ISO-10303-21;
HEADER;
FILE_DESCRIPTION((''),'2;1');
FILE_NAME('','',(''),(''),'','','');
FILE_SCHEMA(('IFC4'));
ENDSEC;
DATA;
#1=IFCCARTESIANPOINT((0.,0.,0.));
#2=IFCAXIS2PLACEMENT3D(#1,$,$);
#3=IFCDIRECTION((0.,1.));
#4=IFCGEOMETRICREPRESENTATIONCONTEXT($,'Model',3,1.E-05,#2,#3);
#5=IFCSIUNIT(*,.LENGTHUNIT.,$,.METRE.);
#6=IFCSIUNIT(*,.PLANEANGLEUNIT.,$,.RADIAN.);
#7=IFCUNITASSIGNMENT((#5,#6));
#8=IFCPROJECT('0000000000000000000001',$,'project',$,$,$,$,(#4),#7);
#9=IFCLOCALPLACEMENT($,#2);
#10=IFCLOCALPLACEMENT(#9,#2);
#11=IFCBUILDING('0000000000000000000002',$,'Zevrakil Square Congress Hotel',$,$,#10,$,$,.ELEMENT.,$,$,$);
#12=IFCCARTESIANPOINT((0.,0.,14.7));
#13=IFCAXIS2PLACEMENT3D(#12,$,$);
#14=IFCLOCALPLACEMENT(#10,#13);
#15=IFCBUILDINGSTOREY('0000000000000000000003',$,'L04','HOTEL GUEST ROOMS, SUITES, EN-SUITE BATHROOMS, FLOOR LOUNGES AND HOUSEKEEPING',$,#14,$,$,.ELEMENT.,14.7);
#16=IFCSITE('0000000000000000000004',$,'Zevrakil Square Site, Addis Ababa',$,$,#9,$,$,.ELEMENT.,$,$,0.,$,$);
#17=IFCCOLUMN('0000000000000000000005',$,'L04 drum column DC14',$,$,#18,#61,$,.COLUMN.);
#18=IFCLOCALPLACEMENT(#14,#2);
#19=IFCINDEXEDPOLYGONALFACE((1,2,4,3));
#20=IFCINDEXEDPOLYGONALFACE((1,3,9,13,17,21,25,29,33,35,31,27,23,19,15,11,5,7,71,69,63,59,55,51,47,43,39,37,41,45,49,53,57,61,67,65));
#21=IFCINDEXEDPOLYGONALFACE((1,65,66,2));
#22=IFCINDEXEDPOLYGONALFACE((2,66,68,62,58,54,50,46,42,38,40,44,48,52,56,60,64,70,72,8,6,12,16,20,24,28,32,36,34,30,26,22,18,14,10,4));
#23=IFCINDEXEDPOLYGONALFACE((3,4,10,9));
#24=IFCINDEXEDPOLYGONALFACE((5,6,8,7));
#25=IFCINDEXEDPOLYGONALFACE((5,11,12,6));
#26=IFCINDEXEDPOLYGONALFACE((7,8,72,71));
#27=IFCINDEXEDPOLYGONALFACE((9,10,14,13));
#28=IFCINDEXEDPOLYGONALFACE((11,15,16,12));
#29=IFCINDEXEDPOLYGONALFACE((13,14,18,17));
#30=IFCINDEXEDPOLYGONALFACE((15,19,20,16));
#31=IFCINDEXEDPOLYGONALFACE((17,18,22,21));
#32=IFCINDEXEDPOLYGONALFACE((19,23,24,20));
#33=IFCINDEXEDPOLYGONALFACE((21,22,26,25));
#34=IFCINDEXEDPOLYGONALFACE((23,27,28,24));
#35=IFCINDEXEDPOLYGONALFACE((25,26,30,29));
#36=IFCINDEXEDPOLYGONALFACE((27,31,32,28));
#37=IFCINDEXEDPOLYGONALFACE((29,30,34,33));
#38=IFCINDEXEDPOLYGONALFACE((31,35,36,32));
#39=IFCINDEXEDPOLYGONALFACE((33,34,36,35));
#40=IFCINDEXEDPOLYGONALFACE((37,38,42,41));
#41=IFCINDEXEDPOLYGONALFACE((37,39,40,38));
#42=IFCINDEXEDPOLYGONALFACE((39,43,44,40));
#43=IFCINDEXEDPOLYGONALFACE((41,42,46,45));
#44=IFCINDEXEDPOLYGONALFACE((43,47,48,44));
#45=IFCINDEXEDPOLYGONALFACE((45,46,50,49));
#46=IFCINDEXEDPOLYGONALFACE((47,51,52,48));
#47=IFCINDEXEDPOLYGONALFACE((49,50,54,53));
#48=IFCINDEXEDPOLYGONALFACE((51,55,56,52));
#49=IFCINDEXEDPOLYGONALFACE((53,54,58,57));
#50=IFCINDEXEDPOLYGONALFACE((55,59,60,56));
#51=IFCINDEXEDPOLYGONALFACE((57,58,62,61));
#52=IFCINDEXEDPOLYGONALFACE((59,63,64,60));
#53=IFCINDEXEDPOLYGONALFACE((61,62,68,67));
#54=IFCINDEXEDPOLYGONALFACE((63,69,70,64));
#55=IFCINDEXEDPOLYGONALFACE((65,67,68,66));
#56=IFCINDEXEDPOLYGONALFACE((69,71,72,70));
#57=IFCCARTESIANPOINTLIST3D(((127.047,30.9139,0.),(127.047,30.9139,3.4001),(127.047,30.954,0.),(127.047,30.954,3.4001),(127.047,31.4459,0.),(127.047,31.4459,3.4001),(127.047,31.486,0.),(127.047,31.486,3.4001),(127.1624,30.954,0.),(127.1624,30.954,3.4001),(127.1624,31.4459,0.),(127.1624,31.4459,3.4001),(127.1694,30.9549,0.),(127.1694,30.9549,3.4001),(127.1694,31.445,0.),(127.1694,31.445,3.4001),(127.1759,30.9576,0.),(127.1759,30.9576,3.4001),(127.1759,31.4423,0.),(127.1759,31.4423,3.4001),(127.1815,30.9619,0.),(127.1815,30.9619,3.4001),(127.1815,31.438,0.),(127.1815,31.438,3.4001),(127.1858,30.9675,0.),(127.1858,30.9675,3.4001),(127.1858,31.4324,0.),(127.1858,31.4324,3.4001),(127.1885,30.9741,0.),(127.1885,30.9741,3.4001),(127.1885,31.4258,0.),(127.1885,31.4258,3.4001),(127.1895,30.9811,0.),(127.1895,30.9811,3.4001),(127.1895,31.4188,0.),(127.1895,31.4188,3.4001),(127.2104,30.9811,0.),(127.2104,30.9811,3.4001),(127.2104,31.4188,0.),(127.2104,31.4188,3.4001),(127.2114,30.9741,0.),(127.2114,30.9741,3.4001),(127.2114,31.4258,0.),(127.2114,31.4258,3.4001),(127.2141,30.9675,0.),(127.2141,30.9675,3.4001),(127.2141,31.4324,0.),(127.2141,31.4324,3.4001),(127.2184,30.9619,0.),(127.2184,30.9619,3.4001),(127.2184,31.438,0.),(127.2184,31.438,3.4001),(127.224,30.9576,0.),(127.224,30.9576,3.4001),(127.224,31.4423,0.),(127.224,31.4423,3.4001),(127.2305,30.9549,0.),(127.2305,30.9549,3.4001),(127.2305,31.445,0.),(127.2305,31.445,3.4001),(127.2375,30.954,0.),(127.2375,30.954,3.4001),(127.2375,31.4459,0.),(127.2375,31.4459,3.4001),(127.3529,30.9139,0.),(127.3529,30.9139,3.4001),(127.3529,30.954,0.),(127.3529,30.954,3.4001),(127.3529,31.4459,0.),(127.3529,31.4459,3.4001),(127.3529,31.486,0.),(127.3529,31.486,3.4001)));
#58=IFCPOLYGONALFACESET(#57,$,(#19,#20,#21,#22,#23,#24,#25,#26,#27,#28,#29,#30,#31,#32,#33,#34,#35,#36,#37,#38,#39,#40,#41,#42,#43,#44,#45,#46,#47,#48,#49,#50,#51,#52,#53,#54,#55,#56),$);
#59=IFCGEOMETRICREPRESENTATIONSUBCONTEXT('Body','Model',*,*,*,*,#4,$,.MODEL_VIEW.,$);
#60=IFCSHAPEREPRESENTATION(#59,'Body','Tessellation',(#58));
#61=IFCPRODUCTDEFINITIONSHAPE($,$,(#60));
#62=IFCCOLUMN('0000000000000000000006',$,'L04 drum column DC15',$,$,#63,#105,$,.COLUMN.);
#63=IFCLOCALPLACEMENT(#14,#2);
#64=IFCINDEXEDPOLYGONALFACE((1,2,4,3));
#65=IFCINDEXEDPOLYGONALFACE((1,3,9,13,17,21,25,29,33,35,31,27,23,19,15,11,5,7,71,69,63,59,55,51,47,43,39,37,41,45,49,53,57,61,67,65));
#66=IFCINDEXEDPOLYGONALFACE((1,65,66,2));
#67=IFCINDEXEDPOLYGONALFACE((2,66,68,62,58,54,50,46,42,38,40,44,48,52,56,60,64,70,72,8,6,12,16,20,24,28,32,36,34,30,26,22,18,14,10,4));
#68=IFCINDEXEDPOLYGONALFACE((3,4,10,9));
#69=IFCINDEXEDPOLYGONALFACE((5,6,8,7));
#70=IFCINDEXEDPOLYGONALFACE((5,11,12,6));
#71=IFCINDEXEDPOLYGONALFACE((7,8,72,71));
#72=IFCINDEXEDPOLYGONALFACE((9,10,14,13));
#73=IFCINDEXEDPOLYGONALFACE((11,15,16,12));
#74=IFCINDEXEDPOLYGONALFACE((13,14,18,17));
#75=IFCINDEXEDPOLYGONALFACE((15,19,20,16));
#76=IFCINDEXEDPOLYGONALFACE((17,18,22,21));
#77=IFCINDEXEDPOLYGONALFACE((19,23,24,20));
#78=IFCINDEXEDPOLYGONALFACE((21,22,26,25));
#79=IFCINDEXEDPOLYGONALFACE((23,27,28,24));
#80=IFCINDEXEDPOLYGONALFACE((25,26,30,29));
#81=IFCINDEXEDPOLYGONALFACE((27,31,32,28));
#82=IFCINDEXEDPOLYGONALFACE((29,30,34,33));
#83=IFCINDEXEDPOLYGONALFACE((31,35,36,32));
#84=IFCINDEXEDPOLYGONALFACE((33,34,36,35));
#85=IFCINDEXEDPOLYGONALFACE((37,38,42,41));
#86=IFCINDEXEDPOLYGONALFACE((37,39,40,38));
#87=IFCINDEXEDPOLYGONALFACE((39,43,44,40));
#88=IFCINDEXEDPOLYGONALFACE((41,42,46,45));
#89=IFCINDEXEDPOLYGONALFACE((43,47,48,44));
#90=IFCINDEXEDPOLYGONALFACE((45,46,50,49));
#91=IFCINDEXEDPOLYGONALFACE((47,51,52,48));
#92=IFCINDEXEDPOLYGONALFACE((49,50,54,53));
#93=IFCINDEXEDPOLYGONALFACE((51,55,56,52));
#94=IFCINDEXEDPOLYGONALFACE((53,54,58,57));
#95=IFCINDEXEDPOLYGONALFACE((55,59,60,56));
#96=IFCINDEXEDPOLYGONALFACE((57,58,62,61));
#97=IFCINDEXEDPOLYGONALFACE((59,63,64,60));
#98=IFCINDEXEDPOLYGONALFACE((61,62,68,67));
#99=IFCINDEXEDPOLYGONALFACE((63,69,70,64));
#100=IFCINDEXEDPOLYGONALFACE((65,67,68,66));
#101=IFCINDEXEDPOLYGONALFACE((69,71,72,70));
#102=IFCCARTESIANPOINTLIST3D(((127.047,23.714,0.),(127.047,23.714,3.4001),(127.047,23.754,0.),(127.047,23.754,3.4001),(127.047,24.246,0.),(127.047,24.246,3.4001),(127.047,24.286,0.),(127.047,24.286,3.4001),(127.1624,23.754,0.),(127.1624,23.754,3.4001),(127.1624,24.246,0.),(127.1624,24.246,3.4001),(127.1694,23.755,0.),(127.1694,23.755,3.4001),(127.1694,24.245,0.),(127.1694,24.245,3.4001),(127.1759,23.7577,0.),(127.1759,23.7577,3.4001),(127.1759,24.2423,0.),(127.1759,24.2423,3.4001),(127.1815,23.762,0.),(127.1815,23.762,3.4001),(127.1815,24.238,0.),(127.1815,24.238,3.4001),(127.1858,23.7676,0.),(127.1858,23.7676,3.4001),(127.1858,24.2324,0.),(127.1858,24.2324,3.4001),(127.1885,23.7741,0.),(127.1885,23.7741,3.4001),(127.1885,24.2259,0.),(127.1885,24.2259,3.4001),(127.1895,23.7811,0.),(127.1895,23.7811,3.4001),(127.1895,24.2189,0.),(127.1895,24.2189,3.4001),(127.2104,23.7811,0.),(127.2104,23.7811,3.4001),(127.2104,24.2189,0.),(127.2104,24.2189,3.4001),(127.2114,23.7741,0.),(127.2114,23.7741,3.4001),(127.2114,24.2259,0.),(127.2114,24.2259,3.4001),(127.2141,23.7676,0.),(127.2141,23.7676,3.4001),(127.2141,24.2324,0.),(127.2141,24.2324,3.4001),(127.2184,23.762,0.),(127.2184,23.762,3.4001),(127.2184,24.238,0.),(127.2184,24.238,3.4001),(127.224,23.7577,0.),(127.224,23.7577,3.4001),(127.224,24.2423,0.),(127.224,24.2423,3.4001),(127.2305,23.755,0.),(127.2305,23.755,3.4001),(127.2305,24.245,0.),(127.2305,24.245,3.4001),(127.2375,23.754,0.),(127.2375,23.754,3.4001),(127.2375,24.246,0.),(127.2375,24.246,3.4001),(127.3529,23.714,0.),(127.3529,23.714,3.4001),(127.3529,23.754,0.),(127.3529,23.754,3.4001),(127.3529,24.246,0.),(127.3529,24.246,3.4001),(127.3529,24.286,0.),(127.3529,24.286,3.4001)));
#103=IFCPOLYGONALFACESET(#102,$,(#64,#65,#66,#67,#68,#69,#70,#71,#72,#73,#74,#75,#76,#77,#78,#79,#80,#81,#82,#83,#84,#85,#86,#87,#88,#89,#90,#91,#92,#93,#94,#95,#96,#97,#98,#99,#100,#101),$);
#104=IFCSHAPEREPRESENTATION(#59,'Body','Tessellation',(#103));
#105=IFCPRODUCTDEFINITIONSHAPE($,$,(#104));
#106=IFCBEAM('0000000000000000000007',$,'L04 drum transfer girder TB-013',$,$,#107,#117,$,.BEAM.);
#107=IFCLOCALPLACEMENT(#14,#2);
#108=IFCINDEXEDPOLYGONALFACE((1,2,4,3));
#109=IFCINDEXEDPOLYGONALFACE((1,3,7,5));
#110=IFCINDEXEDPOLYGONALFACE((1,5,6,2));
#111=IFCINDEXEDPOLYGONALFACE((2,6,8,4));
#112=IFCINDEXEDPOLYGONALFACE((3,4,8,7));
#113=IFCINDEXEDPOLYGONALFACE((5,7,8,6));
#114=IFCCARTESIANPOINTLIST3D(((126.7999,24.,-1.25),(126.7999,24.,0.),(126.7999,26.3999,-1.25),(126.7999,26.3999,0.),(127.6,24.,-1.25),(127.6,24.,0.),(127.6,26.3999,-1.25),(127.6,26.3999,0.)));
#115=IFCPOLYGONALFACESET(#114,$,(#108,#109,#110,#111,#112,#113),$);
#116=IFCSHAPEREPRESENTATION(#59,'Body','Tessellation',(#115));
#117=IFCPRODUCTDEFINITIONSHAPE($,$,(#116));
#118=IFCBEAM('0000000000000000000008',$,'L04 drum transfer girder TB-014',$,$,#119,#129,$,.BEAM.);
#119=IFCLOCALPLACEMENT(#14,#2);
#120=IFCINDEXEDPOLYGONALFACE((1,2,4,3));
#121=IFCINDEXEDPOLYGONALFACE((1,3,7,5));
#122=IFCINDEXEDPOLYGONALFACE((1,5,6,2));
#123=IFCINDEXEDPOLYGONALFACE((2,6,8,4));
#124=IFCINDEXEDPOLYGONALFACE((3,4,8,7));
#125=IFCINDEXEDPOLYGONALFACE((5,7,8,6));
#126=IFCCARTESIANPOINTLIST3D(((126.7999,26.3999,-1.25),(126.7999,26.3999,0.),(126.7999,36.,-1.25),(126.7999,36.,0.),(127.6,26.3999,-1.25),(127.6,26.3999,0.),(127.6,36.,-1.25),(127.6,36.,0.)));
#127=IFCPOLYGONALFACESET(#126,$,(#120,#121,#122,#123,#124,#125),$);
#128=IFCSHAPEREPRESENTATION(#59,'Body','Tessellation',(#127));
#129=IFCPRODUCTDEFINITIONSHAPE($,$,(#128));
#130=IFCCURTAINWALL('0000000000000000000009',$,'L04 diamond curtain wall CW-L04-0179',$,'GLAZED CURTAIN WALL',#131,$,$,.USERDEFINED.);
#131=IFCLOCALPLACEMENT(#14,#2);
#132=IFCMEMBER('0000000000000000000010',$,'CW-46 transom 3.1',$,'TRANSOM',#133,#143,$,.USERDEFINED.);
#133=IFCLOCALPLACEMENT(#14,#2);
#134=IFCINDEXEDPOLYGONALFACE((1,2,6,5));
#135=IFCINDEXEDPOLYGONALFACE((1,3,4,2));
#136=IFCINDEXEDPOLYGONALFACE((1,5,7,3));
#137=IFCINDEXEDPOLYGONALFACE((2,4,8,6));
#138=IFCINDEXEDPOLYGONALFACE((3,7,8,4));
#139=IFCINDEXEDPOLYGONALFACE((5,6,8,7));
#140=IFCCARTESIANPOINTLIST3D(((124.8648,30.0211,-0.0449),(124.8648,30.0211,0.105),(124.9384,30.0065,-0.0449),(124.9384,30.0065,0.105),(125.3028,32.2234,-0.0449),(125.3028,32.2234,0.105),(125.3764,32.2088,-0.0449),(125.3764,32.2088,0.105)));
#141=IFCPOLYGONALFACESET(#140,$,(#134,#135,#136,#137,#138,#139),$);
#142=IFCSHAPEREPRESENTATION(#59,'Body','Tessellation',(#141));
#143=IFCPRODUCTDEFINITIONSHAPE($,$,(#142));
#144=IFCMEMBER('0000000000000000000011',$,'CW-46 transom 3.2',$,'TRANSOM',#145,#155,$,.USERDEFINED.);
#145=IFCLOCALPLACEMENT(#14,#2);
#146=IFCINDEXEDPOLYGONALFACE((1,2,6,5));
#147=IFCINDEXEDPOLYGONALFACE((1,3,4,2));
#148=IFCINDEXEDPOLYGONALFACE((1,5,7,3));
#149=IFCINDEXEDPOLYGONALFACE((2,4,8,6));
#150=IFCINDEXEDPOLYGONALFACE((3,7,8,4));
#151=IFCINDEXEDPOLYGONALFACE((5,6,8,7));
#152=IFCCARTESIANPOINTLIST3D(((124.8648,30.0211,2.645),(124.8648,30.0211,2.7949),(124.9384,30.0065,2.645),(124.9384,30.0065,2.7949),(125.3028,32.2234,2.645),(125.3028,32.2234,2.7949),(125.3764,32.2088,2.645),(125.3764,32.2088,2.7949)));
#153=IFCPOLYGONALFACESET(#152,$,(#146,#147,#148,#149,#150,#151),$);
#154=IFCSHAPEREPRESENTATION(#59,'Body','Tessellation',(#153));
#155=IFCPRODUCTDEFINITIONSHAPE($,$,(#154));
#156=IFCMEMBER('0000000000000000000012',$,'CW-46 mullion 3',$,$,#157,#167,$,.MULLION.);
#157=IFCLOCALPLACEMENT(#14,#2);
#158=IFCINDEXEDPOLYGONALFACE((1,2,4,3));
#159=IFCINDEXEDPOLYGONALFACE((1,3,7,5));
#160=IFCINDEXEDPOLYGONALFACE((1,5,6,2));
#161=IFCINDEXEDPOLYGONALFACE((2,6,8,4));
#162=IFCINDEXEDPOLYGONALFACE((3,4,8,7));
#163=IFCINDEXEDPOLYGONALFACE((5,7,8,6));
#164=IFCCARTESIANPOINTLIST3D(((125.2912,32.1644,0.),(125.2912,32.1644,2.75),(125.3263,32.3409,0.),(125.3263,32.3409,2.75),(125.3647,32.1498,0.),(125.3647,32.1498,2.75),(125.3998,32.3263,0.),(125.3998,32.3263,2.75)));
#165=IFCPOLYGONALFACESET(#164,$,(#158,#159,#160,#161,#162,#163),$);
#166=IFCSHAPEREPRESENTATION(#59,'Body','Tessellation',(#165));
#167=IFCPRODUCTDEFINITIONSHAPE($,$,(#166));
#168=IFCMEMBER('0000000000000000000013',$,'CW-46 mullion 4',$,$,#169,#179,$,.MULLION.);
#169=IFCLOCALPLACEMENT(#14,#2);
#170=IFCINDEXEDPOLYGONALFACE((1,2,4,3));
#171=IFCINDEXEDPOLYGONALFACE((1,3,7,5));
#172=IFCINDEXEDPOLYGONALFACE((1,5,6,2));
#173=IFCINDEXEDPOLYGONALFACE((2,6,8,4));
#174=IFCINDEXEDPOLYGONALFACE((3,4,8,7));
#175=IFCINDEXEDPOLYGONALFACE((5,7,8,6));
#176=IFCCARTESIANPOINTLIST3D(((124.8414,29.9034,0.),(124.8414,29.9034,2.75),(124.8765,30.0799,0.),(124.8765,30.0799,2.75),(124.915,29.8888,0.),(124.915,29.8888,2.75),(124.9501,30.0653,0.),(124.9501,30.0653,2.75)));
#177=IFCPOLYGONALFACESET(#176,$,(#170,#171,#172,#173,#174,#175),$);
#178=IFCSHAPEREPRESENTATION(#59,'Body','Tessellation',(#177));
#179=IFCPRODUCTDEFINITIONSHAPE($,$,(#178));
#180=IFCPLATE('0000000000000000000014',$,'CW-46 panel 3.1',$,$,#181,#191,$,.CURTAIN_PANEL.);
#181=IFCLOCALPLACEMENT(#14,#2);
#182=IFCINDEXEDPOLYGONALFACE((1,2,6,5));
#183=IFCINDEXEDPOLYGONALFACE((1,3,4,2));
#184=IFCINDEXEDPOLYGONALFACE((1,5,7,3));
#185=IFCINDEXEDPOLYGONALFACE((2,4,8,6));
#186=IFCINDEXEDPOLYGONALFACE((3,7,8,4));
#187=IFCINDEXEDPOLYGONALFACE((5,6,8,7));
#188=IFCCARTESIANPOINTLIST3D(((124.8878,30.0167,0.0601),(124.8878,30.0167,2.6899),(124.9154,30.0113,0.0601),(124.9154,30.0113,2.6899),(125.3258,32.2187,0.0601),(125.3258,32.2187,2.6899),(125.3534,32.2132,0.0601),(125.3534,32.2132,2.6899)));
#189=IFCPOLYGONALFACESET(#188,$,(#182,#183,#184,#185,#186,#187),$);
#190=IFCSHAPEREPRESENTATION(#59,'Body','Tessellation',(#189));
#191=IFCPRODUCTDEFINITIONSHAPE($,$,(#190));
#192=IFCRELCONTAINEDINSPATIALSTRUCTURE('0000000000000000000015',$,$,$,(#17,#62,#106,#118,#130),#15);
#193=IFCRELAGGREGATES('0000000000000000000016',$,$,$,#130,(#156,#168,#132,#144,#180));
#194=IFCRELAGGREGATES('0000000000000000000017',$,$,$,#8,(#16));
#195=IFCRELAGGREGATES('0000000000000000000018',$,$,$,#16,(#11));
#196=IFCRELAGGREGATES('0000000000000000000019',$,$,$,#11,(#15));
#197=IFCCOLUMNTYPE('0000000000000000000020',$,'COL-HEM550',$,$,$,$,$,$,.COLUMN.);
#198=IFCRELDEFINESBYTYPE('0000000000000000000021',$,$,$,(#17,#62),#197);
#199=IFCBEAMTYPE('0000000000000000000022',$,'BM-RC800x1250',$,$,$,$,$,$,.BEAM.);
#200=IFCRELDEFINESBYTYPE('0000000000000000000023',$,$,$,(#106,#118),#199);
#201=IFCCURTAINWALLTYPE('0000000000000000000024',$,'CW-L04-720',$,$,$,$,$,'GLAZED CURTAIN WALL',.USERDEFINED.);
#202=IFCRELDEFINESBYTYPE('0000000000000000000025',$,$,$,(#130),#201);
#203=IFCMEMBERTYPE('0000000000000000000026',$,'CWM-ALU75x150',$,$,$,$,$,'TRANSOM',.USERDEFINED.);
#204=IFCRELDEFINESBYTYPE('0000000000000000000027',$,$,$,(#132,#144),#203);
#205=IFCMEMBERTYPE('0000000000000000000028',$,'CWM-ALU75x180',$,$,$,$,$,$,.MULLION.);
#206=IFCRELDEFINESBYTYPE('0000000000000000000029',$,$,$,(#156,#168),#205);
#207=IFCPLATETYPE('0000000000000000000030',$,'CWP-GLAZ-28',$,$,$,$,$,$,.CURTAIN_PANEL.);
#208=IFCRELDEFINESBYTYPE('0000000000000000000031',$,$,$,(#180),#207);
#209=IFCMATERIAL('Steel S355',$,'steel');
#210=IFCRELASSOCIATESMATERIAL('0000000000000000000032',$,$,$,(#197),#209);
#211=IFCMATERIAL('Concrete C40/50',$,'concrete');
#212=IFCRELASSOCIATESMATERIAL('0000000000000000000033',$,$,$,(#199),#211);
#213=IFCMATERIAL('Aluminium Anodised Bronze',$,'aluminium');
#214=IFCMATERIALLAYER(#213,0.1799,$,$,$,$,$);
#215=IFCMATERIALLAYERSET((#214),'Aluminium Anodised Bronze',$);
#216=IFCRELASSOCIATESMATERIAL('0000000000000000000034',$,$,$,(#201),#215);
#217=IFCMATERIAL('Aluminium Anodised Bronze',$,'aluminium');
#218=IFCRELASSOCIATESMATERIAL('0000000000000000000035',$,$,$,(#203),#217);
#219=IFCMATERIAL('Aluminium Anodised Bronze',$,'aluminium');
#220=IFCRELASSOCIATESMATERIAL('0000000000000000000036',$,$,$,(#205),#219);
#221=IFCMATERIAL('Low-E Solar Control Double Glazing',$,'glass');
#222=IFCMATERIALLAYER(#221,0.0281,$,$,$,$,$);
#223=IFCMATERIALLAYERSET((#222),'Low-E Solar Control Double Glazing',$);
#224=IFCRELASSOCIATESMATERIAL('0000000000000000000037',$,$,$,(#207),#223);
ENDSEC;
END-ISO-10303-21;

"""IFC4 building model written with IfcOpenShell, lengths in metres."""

from ifc_helpers import new_model, si_unit, direction, frame, origin, origin_2d, place, context, subcontext, project, spatial, rectangle, i_section, extrude, material, layer, layer_set, material_profile, profile_set, type_object, element, aggregate, save


model = new_model("IFC4")

# Units and contexts
model_context = context("Model", 3, precision=1e-05, world=origin(), true_north=direction((0.0, 1.0)))
body_context = subcontext(model_context, "Body", "Model", "MODEL_VIEW")
ifc_project = project(units=[si_unit("LENGTHUNIT", "METRE"), si_unit("PLANEANGLEUNIT", "RADIAN")], contexts=[model_context])

# Site, building, storey
site_placement = place(None, origin())
site = spatial("IfcSite", under=ifc_project, at=site_placement, Name="Zevrakil Square Site, Addis Ababa", CompositionType="ELEMENT", RefElevation=0.0)
building_placement = place(site_placement, origin())
building = spatial("IfcBuilding", under=site, at=building_placement, Name="Zevrakil Square Congress Hotel", CompositionType="ELEMENT")
storey_placement = place(building_placement, frame((0.0, 0.0, 14.7)))
storey = spatial("IfcBuildingStorey", under=building, at=storey_placement, Name="L04", Description="HOTEL GUEST ROOMS, SUITES, EN-SUITE BATHROOMS, FLOOR LOUNGES AND HOUSEKEEPING", CompositionType="ELEMENT", Elevation=14.7)

# Columns
ifc_material_1 = material(Name="Steel S355", Category="steel")
ifc_material_profile_1 = material_profile(ifc_material_1, i_section(OverallWidth=0.3059, OverallDepth=0.572, WebThickness=0.021, FlangeThickness=0.04, FilletRadius=0.0271, at=origin_2d()), Name="HEM 550")
ifc_profile_set_1 = profile_set([ifc_material_profile_1], Name="Steel S355")
column_type = type_object("IfcColumnType", Name="COL-HEM550", PredefinedType="COLUMN", material=ifc_profile_set_1)
for number, where, z_axis, x_axis, name in (
    (1, (127.2, 31.2, 0.0), (0.0, 0.0, 1.0), (1.0, 0.0, 0.0), "L04 drum column DC14"),
    (2, (127.2, 24.0, 0.0), (0.0, 0.0, 1.0), (1.0, 0.0, 0.0), "L04 drum column DC15"),
):
    element("IfcColumn", number, at=place(storey_placement, frame(where, z_axis=z_axis, x_axis=x_axis)), inside=storey, type_object=column_type, Name=name, PredefinedType="COLUMN", context=body_context, shape_type="SweptSolid", body=[
        extrude(i_section(OverallWidth=0.3059, OverallDepth=0.572, WebThickness=0.021, FlangeThickness=0.04, FilletRadius=0.0271, at=origin_2d()), origin(), (0.0, 0.0, 1.0), 3.4001),
    ])

# Beams
ifc_material_2 = material(Name="Concrete C40/50", Category="concrete")
ifc_material_profile_2 = material_profile(ifc_material_2, rectangle(XDim=0.8, YDim=1.25, at=origin_2d()), Name="RC 800x1250")
ifc_profile_set_2 = profile_set([ifc_material_profile_2], Name="Concrete C40/50")
beam_type = type_object("IfcBeamType", Name="BM-RC800x1250", PredefinedType="BEAM", material=ifc_profile_set_2)
beam_1_placement = place(storey_placement, frame((127.2, 24.0, -0.625), z_axis=(0.0, 1.0, 0.0), x_axis=(-1.0, 0.0, 0.0)))
element("IfcBeam", 3, at=beam_1_placement, inside=storey, type_object=beam_type, Name="L04 drum transfer girder TB-013", PredefinedType="BEAM", context=body_context, shape_type="SweptSolid", body=[
    extrude(rectangle(XDim=0.8, YDim=1.25, at=origin_2d()), origin(), (0.0, 0.0, 1.0), 2.3999),
])
beam_2_placement = place(storey_placement, frame((127.2, 26.3999, -0.625), z_axis=(0.0, 1.0, 0.0), x_axis=(-1.0, 0.0, 0.0)))
element("IfcBeam", 4, at=beam_2_placement, inside=storey, type_object=beam_type, Name="L04 drum transfer girder TB-014", PredefinedType="BEAM", context=body_context, shape_type="SweptSolid", body=[
    extrude(rectangle(XDim=0.8, YDim=1.25, at=origin_2d()), origin(), (0.0, 0.0, 1.0), 9.6001),
])

# Curtain wall, members, plate
ifc_material_3 = material(Name="Aluminium Anodised Bronze", Category="aluminium")
ifc_layer_1 = layer(ifc_material_3, 0.1799)
ifc_layer_set_1 = layer_set([ifc_layer_1], Name="Aluminium Anodised Bronze")
curtain_wall_type = type_object("IfcCurtainWallType", Name="CW-L04-720", ElementType="GLAZED CURTAIN WALL", PredefinedType="USERDEFINED", material=ifc_layer_set_1)
curtain_wall_placement = place(storey_placement, origin())
curtain_wall = element("IfcCurtainWall", 5, at=curtain_wall_placement, inside=storey, type_object=curtain_wall_type, Name="L04 diamond curtain wall CW-L04-0179", ObjectType="GLAZED CURTAIN WALL", PredefinedType="USERDEFINED")
ifc_material_4 = material(Name="Aluminium Anodised Bronze", Category="aluminium")
ifc_material_profile_3 = material_profile(ifc_material_4, rectangle(XDim=0.075, YDim=0.1499, at=origin_2d()), Name="ALU 75x150")
ifc_profile_set_3 = profile_set([ifc_material_profile_3], Name="Aluminium Anodised Bronze")
member_type_1 = type_object("IfcMemberType", Name="CWM-ALU75x150", ElementType="TRANSOM", PredefinedType="USERDEFINED", material=ifc_profile_set_3)
member_1_placement = place(storey_placement, frame((125.3396, 32.2161, 0.03), z_axis=(-0.19507, -0.980789, 0.0), x_axis=(0.980789, -0.19507, 0.0)))
member_1 = element("IfcMember", 6, at=member_1_placement, type_object=member_type_1, Name="CW-46 transom 3.1", ObjectType="TRANSOM", PredefinedType="USERDEFINED", context=body_context, shape_type="SweptSolid", body=[
    extrude(rectangle(XDim=0.075, YDim=0.1499, at=origin_2d()), origin(), (0.0, 0.0, 1.0), 2.2454),
])
member_2_placement = place(storey_placement, frame((125.3396, 32.2161, 2.72), z_axis=(-0.19507, -0.980789, 0.0), x_axis=(0.980789, -0.19507, 0.0)))
member_2 = element("IfcMember", 7, at=member_2_placement, type_object=member_type_1, Name="CW-46 transom 3.2", ObjectType="TRANSOM", PredefinedType="USERDEFINED", context=body_context, shape_type="SweptSolid", body=[
    extrude(rectangle(XDim=0.075, YDim=0.1499, at=origin_2d()), origin(), (0.0, 0.0, 1.0), 2.2454),
])
ifc_material_5 = material(Name="Aluminium Anodised Bronze", Category="aluminium")
ifc_material_profile_4 = material_profile(ifc_material_5, rectangle(XDim=0.075, YDim=0.1799, at=origin_2d()), Name="ALU 75x180")
ifc_profile_set_4 = profile_set([ifc_material_profile_4], Name="Aluminium Anodised Bronze")
member_type_2 = type_object("IfcMemberType", Name="CWM-ALU75x180", PredefinedType="MULLION", material=ifc_profile_set_4)
member_3_placement = place(storey_placement, frame((125.3455, 32.2454, 0.0), z_axis=(0.0, 0.0, 1.0), x_axis=(0.980787, -0.195084, 0.0)))
member_3 = element("IfcMember", 8, at=member_3_placement, type_object=member_type_2, Name="CW-46 mullion 3", PredefinedType="MULLION", context=body_context, shape_type="SweptSolid", body=[
    extrude(rectangle(XDim=0.075, YDim=0.1799, at=origin_2d()), origin(), (0.0, 0.0, 1.0), 2.75),
])
member_4_placement = place(storey_placement, frame((124.8958, 29.9844, 0.0), z_axis=(0.0, 0.0, 1.0), x_axis=(0.980787, -0.195084, 0.0)))
member_4 = element("IfcMember", 9, at=member_4_placement, type_object=member_type_2, Name="CW-46 mullion 4", PredefinedType="MULLION", context=body_context, shape_type="SweptSolid", body=[
    extrude(rectangle(XDim=0.075, YDim=0.1799, at=origin_2d()), origin(), (0.0, 0.0, 1.0), 2.75),
])
ifc_material_6 = material(Name="Low-E Solar Control Double Glazing", Category="glass")
ifc_layer_2 = layer(ifc_material_6, 0.0281)
ifc_layer_set_2 = layer_set([ifc_layer_2], Name="Low-E Solar Control Double Glazing")
plate_type_1 = type_object("IfcPlateType", Name="CWP-GLAZ-28", PredefinedType="CURTAIN_PANEL", material=ifc_layer_set_2)
plate_1_placement = place(storey_placement, frame((125.1206, 31.115, 0.0601), z_axis=(0.0, 0.0, 1.0), x_axis=(-0.195084, -0.980787, 0.0)))
plate_1 = element("IfcPlate", 10, at=plate_1_placement, type_object=plate_type_1, Name="CW-46 panel 3.1", PredefinedType="CURTAIN_PANEL", context=body_context, shape_type="SweptSolid", body=[
    extrude(rectangle(XDim=2.2451, YDim=0.0281, at=origin_2d()), origin(), (0.0, 0.0, 1.0), 2.6299),
])
aggregate(curtain_wall, [member_3, member_4, member_1, member_2, plate_1])

save(model, "model.ifc")
